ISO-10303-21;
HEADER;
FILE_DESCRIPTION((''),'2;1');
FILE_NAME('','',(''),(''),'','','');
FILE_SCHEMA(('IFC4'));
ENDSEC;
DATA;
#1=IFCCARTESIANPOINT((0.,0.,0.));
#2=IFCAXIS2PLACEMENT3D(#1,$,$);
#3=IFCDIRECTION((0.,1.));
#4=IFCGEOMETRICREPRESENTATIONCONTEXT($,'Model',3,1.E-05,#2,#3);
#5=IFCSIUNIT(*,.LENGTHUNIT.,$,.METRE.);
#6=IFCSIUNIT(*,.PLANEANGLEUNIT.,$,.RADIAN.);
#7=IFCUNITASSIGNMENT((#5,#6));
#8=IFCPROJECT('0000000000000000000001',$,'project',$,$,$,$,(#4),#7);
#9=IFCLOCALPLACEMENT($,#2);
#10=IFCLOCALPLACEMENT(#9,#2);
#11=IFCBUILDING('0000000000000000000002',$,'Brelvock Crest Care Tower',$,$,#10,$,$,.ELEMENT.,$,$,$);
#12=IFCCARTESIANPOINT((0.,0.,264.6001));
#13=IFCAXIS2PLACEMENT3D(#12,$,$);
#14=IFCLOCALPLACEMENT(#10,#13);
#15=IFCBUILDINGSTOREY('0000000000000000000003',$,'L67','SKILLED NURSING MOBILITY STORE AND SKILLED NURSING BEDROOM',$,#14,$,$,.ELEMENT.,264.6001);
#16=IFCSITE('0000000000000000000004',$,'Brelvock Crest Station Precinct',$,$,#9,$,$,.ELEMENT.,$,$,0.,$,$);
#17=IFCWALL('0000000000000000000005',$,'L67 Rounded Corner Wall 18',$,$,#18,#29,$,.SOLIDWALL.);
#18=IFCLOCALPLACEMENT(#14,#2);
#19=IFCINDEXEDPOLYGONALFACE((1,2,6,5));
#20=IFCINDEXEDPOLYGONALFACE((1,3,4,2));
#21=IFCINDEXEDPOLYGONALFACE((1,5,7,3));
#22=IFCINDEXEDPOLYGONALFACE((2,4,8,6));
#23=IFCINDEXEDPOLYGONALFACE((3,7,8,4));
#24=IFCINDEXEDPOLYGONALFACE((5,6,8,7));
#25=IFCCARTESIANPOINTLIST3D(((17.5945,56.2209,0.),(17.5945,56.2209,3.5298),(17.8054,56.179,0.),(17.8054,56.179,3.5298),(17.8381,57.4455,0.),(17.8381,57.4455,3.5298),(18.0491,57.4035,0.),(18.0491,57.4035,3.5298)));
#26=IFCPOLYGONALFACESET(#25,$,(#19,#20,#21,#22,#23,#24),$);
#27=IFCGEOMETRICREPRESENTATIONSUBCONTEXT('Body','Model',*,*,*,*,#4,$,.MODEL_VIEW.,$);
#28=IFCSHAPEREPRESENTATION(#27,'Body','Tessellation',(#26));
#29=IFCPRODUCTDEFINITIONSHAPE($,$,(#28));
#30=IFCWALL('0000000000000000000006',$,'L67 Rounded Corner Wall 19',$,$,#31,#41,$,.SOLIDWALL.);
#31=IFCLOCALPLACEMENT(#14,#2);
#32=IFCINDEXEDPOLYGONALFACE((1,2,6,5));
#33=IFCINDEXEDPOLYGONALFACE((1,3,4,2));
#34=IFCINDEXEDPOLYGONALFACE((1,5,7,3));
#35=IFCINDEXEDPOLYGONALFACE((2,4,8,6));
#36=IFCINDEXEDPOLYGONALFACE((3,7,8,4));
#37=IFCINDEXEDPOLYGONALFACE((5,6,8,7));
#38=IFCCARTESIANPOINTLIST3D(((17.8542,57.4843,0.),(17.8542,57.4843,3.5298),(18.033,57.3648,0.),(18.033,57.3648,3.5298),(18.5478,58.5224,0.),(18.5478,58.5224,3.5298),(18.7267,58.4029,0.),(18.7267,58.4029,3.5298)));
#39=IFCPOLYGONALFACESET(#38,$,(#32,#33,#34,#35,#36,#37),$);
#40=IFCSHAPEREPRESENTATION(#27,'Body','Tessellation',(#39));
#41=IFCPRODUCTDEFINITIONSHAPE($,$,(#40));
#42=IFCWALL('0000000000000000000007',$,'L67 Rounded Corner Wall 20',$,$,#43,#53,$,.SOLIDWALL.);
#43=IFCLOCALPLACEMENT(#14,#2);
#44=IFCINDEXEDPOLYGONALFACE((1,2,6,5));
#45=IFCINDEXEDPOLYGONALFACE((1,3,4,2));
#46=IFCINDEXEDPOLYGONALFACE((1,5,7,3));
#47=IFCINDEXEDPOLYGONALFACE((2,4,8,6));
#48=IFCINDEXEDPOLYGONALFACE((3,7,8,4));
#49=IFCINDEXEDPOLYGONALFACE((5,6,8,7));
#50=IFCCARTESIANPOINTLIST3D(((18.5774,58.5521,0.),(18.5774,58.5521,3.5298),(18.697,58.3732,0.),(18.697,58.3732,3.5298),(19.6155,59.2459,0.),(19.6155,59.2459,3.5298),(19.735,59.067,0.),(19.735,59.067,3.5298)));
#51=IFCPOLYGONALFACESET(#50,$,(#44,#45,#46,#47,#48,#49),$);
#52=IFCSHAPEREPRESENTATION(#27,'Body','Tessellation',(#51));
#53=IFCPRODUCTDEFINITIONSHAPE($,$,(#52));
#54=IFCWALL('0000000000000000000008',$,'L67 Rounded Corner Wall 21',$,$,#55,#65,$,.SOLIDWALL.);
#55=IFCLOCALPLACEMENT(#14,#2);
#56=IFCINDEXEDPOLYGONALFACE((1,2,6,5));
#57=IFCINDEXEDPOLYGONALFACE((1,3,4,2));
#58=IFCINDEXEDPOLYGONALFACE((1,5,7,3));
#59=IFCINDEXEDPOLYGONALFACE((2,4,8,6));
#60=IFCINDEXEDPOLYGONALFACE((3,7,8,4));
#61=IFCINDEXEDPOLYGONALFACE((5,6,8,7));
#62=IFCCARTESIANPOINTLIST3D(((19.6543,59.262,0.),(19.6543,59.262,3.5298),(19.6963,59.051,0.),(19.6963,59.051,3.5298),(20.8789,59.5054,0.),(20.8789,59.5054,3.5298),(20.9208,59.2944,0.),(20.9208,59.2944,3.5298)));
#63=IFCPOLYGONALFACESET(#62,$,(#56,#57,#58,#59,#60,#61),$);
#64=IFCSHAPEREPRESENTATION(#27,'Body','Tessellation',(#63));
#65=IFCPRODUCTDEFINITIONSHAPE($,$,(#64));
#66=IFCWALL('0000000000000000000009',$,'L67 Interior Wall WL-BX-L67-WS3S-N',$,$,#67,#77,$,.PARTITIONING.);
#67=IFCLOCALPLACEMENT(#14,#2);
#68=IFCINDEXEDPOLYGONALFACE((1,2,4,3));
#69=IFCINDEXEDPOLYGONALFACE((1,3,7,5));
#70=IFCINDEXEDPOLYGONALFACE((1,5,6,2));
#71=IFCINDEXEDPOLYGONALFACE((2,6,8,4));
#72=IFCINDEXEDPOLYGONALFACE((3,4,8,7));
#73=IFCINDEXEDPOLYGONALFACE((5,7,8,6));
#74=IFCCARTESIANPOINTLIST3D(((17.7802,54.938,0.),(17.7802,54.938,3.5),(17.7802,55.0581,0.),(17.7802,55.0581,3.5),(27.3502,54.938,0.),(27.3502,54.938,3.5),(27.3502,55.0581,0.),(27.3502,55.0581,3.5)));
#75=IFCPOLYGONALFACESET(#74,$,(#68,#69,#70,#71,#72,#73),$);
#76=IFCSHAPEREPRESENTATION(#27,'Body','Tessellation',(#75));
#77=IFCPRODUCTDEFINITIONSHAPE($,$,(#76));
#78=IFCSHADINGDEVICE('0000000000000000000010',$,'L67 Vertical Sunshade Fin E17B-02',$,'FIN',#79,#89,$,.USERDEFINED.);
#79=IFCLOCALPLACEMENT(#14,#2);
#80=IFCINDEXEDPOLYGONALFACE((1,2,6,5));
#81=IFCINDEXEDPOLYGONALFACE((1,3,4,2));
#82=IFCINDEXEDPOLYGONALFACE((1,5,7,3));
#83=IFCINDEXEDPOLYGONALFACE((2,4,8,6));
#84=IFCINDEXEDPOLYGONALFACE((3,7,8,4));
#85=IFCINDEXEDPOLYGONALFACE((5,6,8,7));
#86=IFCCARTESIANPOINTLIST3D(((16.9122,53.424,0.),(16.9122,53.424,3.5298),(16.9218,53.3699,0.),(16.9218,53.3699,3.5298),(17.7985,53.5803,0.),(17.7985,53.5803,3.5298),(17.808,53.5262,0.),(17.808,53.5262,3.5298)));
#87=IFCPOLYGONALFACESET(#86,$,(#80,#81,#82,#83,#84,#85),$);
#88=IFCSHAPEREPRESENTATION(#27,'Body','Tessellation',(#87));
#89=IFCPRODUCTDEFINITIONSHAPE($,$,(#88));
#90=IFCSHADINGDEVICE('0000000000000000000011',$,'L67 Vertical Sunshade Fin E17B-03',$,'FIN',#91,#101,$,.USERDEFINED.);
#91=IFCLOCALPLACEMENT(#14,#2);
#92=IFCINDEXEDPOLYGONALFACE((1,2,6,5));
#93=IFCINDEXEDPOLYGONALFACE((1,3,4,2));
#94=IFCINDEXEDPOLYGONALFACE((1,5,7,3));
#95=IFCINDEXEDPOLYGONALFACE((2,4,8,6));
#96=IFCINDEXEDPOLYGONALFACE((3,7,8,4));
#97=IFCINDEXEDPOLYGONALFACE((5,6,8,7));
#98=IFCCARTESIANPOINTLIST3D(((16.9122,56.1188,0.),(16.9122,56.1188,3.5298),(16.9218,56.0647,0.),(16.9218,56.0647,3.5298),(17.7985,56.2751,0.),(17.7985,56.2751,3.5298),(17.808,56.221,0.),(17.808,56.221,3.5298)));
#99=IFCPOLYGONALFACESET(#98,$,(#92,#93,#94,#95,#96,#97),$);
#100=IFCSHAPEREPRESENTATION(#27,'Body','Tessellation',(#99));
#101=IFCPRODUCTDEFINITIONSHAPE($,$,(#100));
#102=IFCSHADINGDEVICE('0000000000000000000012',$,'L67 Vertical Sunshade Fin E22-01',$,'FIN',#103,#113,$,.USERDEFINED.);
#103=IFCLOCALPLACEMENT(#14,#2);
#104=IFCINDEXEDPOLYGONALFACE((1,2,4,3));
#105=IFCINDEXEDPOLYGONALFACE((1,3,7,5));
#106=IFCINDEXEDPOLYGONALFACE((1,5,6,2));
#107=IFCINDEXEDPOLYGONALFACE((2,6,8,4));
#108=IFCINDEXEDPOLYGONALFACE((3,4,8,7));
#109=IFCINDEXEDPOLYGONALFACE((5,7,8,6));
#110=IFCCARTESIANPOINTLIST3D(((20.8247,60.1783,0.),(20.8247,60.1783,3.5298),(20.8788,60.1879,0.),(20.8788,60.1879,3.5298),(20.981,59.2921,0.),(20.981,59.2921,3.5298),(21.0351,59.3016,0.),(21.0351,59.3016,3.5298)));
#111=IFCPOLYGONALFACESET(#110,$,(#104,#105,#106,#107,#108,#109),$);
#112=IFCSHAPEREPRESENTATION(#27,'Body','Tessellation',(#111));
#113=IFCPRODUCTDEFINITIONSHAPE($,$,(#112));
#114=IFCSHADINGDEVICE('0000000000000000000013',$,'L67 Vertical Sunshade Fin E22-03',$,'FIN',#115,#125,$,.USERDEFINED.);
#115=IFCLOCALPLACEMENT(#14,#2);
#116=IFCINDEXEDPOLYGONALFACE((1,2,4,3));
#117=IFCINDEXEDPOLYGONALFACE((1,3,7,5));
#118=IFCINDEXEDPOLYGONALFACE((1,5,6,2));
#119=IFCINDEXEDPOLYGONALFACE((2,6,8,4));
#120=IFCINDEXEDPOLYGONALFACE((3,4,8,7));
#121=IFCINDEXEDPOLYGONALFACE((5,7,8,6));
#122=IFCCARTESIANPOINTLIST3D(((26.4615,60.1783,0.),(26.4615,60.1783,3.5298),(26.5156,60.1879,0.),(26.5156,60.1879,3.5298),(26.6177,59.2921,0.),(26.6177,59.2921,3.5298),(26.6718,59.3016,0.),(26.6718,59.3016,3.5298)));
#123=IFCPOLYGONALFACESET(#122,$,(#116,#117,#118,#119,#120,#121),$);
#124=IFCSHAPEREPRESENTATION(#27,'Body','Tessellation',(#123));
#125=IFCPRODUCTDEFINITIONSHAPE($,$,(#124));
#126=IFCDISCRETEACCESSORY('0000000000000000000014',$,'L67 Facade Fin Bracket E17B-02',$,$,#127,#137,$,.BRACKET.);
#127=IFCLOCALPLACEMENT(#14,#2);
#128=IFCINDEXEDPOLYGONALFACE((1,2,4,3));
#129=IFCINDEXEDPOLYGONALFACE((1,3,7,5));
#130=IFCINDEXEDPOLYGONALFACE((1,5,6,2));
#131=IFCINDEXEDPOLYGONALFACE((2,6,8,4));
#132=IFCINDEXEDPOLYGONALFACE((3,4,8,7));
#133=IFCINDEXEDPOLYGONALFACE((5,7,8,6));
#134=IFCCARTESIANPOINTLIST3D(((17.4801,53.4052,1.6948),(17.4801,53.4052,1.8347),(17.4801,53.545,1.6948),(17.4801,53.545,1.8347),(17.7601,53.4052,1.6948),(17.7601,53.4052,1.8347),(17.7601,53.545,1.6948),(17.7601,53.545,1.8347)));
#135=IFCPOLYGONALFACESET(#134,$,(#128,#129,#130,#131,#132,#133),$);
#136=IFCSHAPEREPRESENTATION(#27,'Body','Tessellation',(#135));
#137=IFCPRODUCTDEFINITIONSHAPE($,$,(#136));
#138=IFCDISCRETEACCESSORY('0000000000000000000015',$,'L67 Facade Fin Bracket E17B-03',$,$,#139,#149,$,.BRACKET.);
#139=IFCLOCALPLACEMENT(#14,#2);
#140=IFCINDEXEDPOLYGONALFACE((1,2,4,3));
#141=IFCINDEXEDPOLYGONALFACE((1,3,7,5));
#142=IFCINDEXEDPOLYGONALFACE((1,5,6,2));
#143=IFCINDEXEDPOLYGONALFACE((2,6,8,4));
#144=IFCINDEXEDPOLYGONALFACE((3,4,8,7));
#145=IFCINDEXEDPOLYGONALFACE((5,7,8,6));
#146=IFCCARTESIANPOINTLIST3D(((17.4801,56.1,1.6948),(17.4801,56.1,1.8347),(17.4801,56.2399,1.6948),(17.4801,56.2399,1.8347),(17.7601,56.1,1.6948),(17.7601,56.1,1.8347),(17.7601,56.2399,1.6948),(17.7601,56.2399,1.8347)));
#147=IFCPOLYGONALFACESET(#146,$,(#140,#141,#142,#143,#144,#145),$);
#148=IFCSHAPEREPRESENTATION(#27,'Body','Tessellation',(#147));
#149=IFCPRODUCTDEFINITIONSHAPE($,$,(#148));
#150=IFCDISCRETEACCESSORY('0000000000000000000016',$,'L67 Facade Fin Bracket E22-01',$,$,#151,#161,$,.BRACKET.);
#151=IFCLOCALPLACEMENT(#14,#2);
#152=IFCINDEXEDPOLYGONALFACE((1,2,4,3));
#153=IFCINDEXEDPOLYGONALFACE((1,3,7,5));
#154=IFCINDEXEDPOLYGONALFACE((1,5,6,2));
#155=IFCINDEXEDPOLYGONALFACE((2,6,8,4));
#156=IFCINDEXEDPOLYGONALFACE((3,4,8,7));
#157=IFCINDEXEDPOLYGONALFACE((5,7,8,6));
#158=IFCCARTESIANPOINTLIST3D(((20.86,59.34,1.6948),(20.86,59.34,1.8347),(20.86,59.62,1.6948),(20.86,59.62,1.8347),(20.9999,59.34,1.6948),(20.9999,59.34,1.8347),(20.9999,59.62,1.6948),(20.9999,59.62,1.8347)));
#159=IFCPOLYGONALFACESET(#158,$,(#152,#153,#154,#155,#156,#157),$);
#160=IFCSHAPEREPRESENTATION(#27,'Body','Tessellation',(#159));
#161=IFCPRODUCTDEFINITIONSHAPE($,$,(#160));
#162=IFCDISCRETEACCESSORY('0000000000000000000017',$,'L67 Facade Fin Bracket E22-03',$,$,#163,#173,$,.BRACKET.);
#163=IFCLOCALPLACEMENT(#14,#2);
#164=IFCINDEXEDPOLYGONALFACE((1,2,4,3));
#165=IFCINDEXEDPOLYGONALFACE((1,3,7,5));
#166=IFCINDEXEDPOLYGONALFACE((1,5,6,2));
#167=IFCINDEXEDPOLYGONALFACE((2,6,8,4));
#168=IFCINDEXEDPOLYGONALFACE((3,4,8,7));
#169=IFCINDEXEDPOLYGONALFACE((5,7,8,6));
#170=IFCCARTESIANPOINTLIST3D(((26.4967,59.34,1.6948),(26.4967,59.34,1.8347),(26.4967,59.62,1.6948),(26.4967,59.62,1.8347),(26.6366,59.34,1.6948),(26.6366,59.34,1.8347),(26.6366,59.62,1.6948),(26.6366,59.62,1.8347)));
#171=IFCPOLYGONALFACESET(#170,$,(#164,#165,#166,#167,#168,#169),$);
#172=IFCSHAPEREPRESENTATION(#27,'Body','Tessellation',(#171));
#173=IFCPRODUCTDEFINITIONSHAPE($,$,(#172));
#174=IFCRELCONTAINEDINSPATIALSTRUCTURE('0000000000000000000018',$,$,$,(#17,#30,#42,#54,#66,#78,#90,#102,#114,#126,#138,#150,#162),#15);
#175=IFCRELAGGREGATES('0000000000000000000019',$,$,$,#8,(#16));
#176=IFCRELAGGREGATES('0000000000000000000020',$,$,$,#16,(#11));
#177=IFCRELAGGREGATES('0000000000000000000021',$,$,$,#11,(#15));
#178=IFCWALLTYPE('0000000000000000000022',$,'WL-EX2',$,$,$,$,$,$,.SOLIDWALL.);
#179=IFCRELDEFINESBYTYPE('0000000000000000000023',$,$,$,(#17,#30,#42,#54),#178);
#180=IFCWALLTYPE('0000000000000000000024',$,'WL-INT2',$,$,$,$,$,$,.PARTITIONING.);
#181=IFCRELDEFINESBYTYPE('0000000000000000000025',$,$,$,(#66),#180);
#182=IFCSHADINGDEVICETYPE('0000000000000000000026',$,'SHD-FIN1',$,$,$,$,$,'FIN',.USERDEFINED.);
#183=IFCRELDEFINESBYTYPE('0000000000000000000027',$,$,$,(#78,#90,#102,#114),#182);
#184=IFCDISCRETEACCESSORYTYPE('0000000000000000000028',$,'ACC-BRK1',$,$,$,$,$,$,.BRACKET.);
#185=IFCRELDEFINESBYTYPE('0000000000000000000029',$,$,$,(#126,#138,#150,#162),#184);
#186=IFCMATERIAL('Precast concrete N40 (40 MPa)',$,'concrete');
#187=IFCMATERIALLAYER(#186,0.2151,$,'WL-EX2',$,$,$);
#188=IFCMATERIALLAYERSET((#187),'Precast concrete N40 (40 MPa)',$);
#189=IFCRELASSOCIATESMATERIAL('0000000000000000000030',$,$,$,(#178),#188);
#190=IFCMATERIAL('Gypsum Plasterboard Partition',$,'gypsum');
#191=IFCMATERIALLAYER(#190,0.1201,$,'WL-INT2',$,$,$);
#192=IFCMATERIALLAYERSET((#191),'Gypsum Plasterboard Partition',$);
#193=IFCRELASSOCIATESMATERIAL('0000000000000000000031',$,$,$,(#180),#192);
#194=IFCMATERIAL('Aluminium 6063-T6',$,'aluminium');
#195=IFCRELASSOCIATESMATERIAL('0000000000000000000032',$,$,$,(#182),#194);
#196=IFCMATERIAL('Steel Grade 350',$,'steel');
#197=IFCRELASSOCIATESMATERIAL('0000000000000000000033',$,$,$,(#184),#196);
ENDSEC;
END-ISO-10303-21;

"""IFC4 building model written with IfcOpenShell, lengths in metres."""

from ifc_helpers import new_model, si_unit, direction, frame, frame_2d, origin, origin_2d, place, context, subcontext, project, spatial, rectangle, extrude, source, transform, mapped, material, layer, layer_set, material_profile, profile_set, type_object, element, save


model = new_model("IFC4")

# Units and contexts
model_context = context("Model", 3, precision=1e-05, world=origin(), true_north=direction((0.0, 1.0)))
body_context = subcontext(model_context, "Body", "Model", "MODEL_VIEW")
ifc_project = project(units=[si_unit("LENGTHUNIT", "METRE"), si_unit("PLANEANGLEUNIT", "RADIAN")], contexts=[model_context])

# Site, building, storey
site_placement = place(None, origin())
site = spatial("IfcSite", under=ifc_project, at=site_placement, Name="Brelvock Crest Station Precinct", CompositionType="ELEMENT", RefElevation=0.0)
building_placement = place(site_placement, origin())
building = spatial("IfcBuilding", under=site, at=building_placement, Name="Brelvock Crest Care Tower", CompositionType="ELEMENT")
storey_placement = place(building_placement, frame((0.0, 0.0, 264.6001)))
storey = spatial("IfcBuildingStorey", under=building, at=storey_placement, Name="L67", Description="SKILLED NURSING MOBILITY STORE AND SKILLED NURSING BEDROOM", CompositionType="ELEMENT", Elevation=264.6001)

# Shared definitions
ifc_material_1 = material(Name="Steel Grade 350", Category="steel")

# Shared definitions
ifc_material_2 = material(Name="Aluminium 6063-T6", Category="aluminium")

# Walls
ifc_material_3 = material(Name="Precast concrete N40 (40 MPa)", Category="concrete")
ifc_layer_1 = layer(ifc_material_3, 0.2151, Name="WL-EX2")
ifc_layer_set_1 = layer_set([ifc_layer_1], Name="Precast concrete N40 (40 MPa)")
wall_type_1 = type_object("IfcWallType", Name="WL-EX2", PredefinedType="SOLIDWALL", material=ifc_layer_set_1)
for number, where, z_axis, x_axis, name in (
    (1, (17.7, 56.2, 0.0), (0.0, 0.0, 1.0), (0.195138, 0.980776, 0.0), "L67 Rounded Corner Wall 18"),
    (2, (17.9436, 57.4246, 0.0), (0.0, 0.0, 1.0), (0.555557, 0.831478, 0.0), "L67 Rounded Corner Wall 19"),
    (3, (18.6372, 58.4626, 0.0), (0.0, 0.0, 1.0), (0.831388, 0.555692, 0.0), "L67 Rounded Corner Wall 20"),
    (4, (19.6753, 59.1565, 0.0), (0.0, 0.0, 1.0), (0.980813, 0.19495, 0.0), "L67 Rounded Corner Wall 21"),
):
    element("IfcWall", number, at=place(storey_placement, frame(where, z_axis=z_axis, x_axis=x_axis)), inside=storey, type_object=wall_type_1, Name=name, PredefinedType="SOLIDWALL", context=body_context, shape_type="SweptSolid", body=[
        extrude(rectangle(XDim=1.2485, YDim=0.2151, at=frame_2d((0.6243, 0.0))), origin(), (0.0, 0.0, 1.0), 3.5298),
    ])
ifc_material_4 = material(Name="Gypsum Plasterboard Partition", Category="gypsum")
ifc_layer_2 = layer(ifc_material_4, 0.1201, Name="WL-INT2")
ifc_layer_set_2 = layer_set([ifc_layer_2], Name="Gypsum Plasterboard Partition")
wall_type_2 = type_object("IfcWallType", Name="WL-INT2", PredefinedType="PARTITIONING", material=ifc_layer_set_2)
wall_placement = place(storey_placement, frame((17.78, 54.998, 0.0), z_axis=(0.0, 0.0, 1.0), x_axis=(1.0, 0.0, 0.0)))
element("IfcWall", 5, at=wall_placement, inside=storey, type_object=wall_type_2, Name="L67 Interior Wall WL-BX-L67-WS3S-N", PredefinedType="PARTITIONING", context=body_context, shape_type="SweptSolid", body=[
    extrude(rectangle(XDim=9.5701, YDim=0.1201, at=frame_2d((4.7852, 0.0))), origin(), (0.0, 0.0, 1.0), 3.5),
])

# Shading devices
ifc_material_profile_1 = material_profile(ifc_material_2, rectangle(XDim=0.0549, YDim=0.8999, at=origin_2d()), Name="FIN55x900")
ifc_profile_set_1 = profile_set([ifc_material_profile_1], Name="Aluminium 6063-T6")
shading_device_type = type_object("IfcShadingDeviceType", Name="SHD-FIN1", ElementType="FIN", PredefinedType="USERDEFINED", material=ifc_profile_set_1)
shared_shape_1 = source(origin(), body_context, "Body", "SweptSolid", [
    extrude(rectangle(XDim=0.0549, YDim=0.8999, at=origin_2d()), origin(), (0.0, 0.0, 1.0), 3.5298),
])
for number, where, z_axis, x_axis, name in (
    (6, (17.3601, 53.4751, 0.0), (0.0, 0.0, 1.0), (-0.173648, 0.984808, 0.0), "L67 Vertical Sunshade Fin E17B-02"),
    (7, (17.3601, 56.1699, 0.0), (0.0, 0.0, 1.0), (-0.173648, 0.984808, 0.0), "L67 Vertical Sunshade Fin E17B-03"),
    (8, (20.9299, 59.74, 0.0), (0.0, 0.0, 1.0), (0.984808, 0.173648, 0.0), "L67 Vertical Sunshade Fin E22-01"),
    (9, (26.5667, 59.74, 0.0), (0.0, 0.0, 1.0), (0.984808, 0.173648, 0.0), "L67 Vertical Sunshade Fin E22-03"),
):
    element("IfcShadingDevice", number, at=place(storey_placement, frame(where, z_axis=z_axis, x_axis=x_axis)), inside=storey, type_object=shading_device_type, Name=name, ObjectType="FIN", PredefinedType="USERDEFINED", context=body_context, shape_type="MappedRepresentation", body=[
        mapped(shared_shape_1, transform((0.0, 0.0, 0.0), x_axis=(1.0, 0.0, 0.0), y_axis=(0.0, 1.0, 0.0), z_axis=(0.0, 0.0, 1.0), scale=1.0)),
    ])

# Discrete accessories
discrete_accessory_type = type_object("IfcDiscreteAccessoryType", Name="ACC-BRK1", PredefinedType="BRACKET", material=ifc_material_1)
shared_shape_2 = source(origin(), body_context, "Body", "SweptSolid", [
    extrude(rectangle(XDim=0.28, YDim=0.1399, at=origin_2d()), origin(), (0.0, 0.0, 1.0), 0.1399),
])
for number, where, z_axis, x_axis, name in (
    (10, (17.6201, 53.4751, 1.6948), (0.0, 0.0, 1.0), (-1.0, 0.0, 0.0), "L67 Facade Fin Bracket E17B-02"),
    (11, (17.6201, 56.1699, 1.6948), (0.0, 0.0, 1.0), (-1.0, 0.0, 0.0), "L67 Facade Fin Bracket E17B-03"),
    (12, (20.9299, 59.48, 1.6948), (0.0, 0.0, 1.0), (0.0, 1.0, 0.0), "L67 Facade Fin Bracket E22-01"),
    (13, (26.5667, 59.48, 1.6948), (0.0, 0.0, 1.0), (0.0, 1.0, 0.0), "L67 Facade Fin Bracket E22-03"),
):
    element("IfcDiscreteAccessory", number, at=place(storey_placement, frame(where, z_axis=z_axis, x_axis=x_axis)), inside=storey, type_object=discrete_accessory_type, Name=name, PredefinedType="BRACKET", context=body_context, shape_type="MappedRepresentation", body=[
        mapped(shared_shape_2, transform((0.0, 0.0, 0.0), x_axis=(1.0, 0.0, 0.0), y_axis=(0.0, 1.0, 0.0), z_axis=(0.0, 0.0, 1.0), scale=1.0)),
    ])

save(model, "model.ifc")
